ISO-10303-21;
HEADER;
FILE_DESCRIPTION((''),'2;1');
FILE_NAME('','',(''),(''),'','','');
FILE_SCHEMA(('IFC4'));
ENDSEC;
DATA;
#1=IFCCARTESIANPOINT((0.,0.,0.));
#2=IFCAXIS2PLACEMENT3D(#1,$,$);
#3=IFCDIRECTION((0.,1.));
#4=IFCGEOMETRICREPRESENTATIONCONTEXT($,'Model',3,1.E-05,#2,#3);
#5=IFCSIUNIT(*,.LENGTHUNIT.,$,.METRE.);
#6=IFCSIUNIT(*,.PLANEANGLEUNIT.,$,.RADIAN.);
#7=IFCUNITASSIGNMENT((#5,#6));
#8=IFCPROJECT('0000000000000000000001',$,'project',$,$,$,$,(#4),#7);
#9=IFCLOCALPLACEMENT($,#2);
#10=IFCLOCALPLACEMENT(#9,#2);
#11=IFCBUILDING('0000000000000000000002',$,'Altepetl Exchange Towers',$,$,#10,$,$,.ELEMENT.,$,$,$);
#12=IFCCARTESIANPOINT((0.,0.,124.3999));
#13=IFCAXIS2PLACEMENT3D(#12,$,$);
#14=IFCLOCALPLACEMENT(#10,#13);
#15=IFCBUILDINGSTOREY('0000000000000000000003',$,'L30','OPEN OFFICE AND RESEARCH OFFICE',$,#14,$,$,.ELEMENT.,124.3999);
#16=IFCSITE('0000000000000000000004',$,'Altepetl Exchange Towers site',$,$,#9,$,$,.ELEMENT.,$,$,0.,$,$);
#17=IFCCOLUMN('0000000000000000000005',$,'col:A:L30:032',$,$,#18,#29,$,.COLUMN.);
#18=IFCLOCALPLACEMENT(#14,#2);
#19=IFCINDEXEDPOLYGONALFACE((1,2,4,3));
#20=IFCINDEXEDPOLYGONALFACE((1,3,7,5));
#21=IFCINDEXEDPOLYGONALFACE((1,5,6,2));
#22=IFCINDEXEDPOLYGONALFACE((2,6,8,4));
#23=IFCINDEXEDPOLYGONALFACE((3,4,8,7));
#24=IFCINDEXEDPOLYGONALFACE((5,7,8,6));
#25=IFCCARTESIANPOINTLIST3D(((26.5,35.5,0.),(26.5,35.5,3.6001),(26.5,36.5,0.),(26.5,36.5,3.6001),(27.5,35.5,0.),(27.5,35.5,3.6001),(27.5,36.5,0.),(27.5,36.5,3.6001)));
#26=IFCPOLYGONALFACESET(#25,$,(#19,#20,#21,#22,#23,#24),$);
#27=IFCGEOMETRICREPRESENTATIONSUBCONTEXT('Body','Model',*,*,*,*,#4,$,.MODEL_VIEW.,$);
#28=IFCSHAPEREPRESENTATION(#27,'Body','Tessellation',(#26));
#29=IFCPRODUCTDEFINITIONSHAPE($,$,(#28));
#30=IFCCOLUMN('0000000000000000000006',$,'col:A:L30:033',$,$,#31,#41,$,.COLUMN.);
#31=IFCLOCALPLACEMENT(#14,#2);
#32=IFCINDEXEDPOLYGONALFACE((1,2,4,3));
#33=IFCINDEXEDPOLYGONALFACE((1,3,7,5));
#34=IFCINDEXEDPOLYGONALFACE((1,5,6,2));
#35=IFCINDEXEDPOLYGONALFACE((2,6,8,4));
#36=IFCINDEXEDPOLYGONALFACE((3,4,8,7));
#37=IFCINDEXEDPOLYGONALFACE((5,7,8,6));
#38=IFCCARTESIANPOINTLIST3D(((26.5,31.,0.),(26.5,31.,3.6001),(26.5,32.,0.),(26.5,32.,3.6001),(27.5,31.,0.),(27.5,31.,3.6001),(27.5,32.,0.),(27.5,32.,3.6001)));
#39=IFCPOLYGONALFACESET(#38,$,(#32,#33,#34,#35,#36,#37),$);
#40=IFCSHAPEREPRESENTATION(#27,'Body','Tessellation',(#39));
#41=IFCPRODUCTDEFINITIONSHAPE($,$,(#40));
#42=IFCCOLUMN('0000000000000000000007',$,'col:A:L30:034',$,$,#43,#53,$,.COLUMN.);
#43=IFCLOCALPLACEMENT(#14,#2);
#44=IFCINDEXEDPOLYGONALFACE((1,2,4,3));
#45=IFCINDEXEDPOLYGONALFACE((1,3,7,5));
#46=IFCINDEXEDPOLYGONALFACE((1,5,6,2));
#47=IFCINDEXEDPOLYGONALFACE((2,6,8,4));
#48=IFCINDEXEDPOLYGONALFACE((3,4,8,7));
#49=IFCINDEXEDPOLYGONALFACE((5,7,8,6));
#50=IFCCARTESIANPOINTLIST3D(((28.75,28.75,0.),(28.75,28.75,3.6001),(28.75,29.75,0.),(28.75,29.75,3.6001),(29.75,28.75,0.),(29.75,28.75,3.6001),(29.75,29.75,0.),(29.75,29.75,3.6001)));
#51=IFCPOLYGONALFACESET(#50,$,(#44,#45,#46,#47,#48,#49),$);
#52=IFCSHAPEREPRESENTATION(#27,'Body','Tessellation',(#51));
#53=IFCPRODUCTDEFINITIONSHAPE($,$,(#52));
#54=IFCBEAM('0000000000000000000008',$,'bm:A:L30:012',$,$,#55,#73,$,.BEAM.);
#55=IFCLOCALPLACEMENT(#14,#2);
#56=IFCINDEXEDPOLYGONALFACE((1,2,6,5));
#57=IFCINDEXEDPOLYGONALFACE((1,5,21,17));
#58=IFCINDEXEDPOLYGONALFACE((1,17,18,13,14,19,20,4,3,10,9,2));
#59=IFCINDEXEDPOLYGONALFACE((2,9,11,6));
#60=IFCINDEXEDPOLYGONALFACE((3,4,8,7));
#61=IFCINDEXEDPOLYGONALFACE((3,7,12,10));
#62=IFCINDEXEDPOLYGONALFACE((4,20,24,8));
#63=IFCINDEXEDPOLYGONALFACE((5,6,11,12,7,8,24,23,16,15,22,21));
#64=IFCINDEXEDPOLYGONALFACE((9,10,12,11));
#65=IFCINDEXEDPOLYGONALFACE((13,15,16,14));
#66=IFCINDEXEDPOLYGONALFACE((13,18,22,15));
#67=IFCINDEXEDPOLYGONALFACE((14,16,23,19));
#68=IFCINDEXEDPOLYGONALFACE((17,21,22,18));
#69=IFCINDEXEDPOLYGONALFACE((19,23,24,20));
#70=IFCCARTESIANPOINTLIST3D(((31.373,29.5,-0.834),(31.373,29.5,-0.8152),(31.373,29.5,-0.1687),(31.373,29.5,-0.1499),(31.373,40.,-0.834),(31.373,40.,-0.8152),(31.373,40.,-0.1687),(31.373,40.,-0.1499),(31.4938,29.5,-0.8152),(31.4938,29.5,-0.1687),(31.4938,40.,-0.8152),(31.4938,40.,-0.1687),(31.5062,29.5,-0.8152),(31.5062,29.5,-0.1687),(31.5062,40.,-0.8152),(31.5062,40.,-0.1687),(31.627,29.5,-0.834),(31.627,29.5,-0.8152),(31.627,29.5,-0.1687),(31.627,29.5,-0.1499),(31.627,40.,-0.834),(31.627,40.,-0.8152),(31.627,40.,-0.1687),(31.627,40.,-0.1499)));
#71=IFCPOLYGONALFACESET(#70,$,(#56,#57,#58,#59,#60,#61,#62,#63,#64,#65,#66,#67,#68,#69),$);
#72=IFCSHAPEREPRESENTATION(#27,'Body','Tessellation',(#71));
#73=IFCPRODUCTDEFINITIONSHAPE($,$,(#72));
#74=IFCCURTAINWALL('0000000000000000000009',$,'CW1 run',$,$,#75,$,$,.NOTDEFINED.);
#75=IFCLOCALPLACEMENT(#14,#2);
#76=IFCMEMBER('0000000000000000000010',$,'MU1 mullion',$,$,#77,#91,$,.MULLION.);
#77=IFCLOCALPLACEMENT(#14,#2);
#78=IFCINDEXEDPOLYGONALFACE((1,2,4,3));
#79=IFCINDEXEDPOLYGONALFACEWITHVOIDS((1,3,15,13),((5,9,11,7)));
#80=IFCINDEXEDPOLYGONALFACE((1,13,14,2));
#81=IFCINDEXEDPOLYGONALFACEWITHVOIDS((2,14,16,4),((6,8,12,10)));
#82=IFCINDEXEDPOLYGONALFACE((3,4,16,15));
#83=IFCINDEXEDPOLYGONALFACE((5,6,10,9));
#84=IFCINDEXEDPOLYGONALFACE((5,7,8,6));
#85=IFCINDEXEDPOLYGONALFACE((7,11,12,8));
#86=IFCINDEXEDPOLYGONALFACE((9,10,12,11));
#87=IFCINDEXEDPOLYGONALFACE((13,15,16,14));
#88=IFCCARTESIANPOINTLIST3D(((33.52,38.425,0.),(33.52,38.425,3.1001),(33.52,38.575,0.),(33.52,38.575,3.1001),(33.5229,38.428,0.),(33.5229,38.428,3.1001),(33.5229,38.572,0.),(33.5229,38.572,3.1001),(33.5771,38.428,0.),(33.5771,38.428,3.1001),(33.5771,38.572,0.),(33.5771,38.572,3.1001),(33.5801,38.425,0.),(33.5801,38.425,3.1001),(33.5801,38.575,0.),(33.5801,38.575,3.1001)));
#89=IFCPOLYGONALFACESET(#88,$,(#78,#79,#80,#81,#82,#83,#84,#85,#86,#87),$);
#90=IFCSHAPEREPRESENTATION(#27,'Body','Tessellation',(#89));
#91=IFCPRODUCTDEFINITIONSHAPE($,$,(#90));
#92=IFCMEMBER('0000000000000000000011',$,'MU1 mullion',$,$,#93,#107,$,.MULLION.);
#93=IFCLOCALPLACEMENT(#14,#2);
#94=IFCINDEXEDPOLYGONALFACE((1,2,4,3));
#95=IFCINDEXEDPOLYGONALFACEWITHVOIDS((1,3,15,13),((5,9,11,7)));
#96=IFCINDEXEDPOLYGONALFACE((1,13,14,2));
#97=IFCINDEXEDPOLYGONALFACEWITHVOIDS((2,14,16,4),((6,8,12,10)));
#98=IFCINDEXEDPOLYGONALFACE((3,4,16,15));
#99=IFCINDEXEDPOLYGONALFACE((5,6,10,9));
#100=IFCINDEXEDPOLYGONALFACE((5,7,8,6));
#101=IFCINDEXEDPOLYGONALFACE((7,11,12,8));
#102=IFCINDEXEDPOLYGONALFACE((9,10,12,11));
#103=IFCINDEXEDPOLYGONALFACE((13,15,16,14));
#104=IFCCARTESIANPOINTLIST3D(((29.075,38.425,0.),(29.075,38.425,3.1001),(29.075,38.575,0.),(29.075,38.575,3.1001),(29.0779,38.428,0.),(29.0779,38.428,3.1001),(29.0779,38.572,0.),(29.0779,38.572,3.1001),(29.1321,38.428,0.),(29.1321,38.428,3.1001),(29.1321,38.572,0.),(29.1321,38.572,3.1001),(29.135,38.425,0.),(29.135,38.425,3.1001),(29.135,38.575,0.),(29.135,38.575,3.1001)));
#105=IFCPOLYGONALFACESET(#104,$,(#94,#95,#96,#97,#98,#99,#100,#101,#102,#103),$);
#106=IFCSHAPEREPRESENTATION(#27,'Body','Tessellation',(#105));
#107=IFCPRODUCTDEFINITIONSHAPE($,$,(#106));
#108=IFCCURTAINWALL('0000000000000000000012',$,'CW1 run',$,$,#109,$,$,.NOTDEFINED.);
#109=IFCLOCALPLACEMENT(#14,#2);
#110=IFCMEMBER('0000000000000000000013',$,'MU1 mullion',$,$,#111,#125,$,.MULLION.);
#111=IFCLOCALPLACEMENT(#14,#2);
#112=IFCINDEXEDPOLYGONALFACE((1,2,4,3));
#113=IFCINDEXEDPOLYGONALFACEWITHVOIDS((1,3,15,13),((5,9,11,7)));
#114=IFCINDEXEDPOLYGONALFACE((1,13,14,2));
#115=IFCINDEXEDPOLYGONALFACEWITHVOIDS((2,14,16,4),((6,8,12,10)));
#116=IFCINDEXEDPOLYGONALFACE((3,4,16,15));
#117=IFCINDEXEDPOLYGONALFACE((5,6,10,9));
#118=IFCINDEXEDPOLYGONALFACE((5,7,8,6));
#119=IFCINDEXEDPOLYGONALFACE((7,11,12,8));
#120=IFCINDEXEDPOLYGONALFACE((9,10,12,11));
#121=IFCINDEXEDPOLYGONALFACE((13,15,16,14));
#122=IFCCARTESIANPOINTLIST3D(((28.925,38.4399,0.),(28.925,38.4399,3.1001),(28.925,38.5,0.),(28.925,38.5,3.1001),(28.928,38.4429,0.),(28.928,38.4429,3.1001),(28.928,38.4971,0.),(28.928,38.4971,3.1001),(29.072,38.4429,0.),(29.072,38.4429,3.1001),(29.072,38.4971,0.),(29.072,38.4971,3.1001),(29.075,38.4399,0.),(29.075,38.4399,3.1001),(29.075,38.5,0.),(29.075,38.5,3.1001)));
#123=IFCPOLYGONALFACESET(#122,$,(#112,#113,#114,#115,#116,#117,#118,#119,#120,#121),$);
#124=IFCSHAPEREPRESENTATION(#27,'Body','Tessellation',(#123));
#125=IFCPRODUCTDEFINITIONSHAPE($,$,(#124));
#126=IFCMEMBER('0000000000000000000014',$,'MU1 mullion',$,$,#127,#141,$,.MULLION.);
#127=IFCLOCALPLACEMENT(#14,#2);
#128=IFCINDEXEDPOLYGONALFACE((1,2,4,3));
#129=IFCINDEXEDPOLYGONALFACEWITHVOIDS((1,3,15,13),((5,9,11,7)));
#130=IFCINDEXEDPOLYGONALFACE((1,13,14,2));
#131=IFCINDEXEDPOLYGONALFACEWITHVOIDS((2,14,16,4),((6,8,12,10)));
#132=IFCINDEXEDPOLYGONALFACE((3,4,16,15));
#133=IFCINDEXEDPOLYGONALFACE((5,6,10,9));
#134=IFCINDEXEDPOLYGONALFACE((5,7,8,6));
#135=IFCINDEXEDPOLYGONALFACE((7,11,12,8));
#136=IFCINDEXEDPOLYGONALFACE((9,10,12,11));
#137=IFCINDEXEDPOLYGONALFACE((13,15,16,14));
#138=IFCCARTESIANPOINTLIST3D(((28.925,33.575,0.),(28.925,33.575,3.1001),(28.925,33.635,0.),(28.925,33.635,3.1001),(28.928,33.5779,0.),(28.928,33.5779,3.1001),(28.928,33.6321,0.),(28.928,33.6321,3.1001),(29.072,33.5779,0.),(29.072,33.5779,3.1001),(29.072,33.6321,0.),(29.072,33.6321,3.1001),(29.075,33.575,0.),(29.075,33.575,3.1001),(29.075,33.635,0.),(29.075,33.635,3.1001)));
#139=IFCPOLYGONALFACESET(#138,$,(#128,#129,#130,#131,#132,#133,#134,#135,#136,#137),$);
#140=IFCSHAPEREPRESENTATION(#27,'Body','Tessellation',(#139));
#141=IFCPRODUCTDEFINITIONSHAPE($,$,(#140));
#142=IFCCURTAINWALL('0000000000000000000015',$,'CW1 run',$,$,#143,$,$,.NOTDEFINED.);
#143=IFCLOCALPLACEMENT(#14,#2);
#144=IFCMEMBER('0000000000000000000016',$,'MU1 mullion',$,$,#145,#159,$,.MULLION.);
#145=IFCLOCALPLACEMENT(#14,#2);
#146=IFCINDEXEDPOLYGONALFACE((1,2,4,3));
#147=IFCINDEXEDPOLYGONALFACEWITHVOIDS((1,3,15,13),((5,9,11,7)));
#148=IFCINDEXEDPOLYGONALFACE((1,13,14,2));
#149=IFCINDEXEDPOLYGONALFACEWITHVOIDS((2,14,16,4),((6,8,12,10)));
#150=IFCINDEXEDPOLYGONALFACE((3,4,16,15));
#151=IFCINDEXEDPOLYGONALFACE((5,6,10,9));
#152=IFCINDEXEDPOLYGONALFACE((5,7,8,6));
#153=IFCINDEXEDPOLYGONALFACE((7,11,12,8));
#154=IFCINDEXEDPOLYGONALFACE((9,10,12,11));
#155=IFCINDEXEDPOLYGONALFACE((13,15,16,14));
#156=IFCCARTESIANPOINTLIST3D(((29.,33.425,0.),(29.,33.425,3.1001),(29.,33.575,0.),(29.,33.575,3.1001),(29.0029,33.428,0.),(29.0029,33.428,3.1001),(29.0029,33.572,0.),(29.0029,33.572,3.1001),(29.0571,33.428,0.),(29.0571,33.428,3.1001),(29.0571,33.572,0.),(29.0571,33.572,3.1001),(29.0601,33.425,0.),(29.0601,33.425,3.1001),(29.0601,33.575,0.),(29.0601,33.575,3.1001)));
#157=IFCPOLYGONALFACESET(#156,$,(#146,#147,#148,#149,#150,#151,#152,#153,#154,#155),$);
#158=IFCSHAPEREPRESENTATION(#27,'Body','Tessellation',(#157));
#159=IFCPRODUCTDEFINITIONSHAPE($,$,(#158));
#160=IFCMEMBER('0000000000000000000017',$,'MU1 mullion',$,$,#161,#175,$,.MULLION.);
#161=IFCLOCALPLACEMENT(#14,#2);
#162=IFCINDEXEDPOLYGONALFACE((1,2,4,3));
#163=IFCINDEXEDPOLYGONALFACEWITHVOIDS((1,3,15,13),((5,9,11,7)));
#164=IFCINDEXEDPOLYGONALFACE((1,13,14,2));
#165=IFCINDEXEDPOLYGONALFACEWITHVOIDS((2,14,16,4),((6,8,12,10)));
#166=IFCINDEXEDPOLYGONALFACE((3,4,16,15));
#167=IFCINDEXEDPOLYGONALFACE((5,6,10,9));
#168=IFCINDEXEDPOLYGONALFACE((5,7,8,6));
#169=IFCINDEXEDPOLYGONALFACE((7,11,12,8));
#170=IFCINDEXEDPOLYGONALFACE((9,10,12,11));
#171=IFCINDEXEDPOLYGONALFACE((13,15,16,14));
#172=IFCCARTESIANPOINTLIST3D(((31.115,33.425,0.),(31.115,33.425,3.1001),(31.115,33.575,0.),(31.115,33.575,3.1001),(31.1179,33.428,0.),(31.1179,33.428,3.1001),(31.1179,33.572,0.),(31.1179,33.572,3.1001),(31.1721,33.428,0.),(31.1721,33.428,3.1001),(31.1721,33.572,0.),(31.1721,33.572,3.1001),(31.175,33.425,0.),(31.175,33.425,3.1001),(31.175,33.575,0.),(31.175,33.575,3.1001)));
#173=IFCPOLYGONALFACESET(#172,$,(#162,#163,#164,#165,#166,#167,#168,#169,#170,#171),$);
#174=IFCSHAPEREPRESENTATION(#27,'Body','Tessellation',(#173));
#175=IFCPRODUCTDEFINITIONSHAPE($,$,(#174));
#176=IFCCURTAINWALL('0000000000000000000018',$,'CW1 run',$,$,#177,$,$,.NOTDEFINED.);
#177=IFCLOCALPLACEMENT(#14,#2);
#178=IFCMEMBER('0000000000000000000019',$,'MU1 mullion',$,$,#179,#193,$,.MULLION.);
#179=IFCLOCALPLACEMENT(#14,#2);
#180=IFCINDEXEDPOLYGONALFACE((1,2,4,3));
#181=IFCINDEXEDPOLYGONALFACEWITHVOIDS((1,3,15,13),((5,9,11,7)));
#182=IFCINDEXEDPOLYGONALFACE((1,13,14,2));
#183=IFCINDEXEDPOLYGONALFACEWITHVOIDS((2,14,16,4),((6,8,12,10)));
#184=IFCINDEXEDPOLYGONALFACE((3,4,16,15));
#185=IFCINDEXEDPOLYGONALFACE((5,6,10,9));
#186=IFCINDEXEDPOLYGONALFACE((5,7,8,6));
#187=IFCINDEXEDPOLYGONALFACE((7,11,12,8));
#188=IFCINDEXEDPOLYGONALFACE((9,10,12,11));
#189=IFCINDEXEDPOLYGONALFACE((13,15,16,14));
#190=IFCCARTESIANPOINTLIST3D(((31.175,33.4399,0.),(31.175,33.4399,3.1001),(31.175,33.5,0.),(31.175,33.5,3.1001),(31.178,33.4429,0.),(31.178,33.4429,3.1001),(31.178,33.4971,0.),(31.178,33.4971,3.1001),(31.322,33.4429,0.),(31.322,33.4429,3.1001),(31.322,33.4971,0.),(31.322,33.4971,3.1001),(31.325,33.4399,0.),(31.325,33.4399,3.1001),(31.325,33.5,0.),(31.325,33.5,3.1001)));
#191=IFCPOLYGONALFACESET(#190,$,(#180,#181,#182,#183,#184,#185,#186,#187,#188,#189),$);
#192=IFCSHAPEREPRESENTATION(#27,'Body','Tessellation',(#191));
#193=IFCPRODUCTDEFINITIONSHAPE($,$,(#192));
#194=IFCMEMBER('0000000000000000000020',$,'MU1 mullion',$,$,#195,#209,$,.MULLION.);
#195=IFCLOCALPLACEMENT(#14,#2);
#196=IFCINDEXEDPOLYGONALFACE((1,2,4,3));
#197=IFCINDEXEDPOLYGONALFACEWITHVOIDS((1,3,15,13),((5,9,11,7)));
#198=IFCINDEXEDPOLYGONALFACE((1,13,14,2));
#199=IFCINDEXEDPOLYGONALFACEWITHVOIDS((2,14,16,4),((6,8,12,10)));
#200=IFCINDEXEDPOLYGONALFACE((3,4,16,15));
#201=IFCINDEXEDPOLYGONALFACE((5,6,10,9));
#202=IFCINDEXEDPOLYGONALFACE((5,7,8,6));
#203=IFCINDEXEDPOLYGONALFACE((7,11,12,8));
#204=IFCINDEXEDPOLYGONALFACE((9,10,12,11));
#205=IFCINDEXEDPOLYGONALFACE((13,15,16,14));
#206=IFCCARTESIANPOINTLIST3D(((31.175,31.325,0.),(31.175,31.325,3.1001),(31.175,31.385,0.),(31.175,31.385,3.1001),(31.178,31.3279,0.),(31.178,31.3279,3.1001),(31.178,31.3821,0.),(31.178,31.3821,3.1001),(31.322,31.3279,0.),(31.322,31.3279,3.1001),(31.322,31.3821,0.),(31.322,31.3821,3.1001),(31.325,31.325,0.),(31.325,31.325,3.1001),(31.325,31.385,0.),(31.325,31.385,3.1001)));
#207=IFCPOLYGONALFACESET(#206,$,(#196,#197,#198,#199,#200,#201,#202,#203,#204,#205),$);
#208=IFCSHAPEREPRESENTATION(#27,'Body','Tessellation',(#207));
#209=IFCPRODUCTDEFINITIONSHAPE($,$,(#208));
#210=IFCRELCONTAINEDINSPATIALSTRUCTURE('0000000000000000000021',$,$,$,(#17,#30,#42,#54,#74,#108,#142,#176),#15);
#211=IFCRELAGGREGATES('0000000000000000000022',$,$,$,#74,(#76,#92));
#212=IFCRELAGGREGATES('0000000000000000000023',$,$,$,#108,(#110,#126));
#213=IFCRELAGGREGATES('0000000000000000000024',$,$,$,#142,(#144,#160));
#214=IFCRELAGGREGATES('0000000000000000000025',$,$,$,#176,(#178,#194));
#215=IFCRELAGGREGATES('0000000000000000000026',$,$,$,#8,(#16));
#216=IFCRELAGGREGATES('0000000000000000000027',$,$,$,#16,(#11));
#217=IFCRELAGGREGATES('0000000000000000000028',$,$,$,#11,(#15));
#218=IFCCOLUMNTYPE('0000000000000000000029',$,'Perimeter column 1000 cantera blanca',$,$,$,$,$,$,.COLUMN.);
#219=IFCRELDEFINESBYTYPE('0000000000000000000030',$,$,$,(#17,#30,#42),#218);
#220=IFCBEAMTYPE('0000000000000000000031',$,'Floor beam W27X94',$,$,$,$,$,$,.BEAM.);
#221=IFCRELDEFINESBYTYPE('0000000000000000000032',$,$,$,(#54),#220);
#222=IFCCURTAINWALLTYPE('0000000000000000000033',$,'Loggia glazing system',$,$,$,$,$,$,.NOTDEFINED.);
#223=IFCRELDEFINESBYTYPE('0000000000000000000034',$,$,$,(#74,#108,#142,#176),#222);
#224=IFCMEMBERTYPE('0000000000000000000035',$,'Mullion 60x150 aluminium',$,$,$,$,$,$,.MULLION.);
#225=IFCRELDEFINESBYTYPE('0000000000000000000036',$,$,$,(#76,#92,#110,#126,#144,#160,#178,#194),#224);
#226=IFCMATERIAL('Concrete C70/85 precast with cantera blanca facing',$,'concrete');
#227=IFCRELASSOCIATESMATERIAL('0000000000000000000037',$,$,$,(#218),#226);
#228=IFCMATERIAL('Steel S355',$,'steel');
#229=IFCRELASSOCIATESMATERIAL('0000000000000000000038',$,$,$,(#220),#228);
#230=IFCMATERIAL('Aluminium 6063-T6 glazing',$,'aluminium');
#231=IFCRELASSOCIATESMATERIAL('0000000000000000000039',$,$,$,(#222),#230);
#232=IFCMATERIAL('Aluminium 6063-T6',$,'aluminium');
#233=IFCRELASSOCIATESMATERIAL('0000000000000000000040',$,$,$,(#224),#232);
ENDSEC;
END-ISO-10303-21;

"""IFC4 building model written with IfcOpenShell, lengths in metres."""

from ifc_helpers import new_model, si_unit, direction, frame, origin, origin_2d, place, context, subcontext, project, spatial, rectangle, hollow_rectangle, i_section, extrude, material, material_profile, profile_set, type_object, element, aggregate, save


model = new_model("IFC4")

# Units and contexts
model_context = context("Model", 3, precision=1e-05, world=origin(), true_north=direction((0.0, 1.0)))
body_context = subcontext(model_context, "Body", "Model", "MODEL_VIEW")
ifc_project = project(units=[si_unit("LENGTHUNIT", "METRE"), si_unit("PLANEANGLEUNIT", "RADIAN")], contexts=[model_context])

# Site, building, storey
site_placement = place(None, origin())
site = spatial("IfcSite", under=ifc_project, at=site_placement, Name="Altepetl Exchange Towers site", CompositionType="ELEMENT", RefElevation=0.0)
building_placement = place(site_placement, origin())
building = spatial("IfcBuilding", under=site, at=building_placement, Name="Altepetl Exchange Towers", CompositionType="ELEMENT")
storey_placement = place(building_placement, frame((0.0, 0.0, 124.3999)))
storey = spatial("IfcBuildingStorey", under=building, at=storey_placement, Name="L30", Description="OPEN OFFICE AND RESEARCH OFFICE", CompositionType="ELEMENT", Elevation=124.3999)

# Columns
ifc_material_1 = material(Name="Concrete C70/85 precast with cantera blanca facing", Category="concrete")
ifc_material_profile_1 = material_profile(ifc_material_1, rectangle(XDim=1.0, YDim=1.0, at=origin_2d()), Name="1000 x 1000")
ifc_profile_set_1 = profile_set([ifc_material_profile_1], Name="Concrete C70/85 precast with cantera blanca facing")
column_type = type_object("IfcColumnType", Name="Perimeter column 1000 cantera blanca", PredefinedType="COLUMN", material=ifc_profile_set_1)
for number, where, name in (
    (1, (27.0, 36.0, 0.0), "col:A:L30:032"),
    (2, (27.0, 31.5, 0.0), "col:A:L30:033"),
    (3, (29.25, 29.25, 0.0), "col:A:L30:034"),
):
    element("IfcColumn", number, at=place(storey_placement, frame(where)), inside=storey, type_object=column_type, Name=name, PredefinedType="COLUMN", context=body_context, shape_type="SweptSolid", body=[
        extrude(rectangle(XDim=1.0, YDim=1.0, at=origin_2d()), origin(), (0.0, 0.0, 1.0), 3.6001),
    ])

# Beam
ifc_material_2 = material(Name="Steel S355", Category="steel")
ifc_material_profile_2 = material_profile(ifc_material_2, i_section(OverallWidth=0.2539, OverallDepth=0.6841, WebThickness=0.0125, FlangeThickness=0.0188, at=origin_2d()), Name="W27X94")
ifc_profile_set_2 = profile_set([ifc_material_profile_2], Name="Steel S355")
beam_type_1 = type_object("IfcBeamType", Name="Floor beam W27X94", PredefinedType="BEAM", material=ifc_profile_set_2)
beam_1_placement = place(storey_placement, frame((31.5, 29.5, -0.4919), z_axis=(0.0, 1.0, 0.0), x_axis=(-1.0, 0.0, 0.0)))
element("IfcBeam", 4, at=beam_1_placement, inside=storey, type_object=beam_type_1, Name="bm:A:L30:012", PredefinedType="BEAM", context=body_context, shape_type="SweptSolid", body=[
    extrude(i_section(OverallWidth=0.2539, OverallDepth=0.6841, WebThickness=0.0125, FlangeThickness=0.0188, at=origin_2d()), origin(), (0.0, 0.0, 1.0), 10.5),
])

# Curtain walls, members
ifc_material_3 = material(Name="Aluminium 6063-T6 glazing", Category="aluminium")
curtain_wall_type = type_object("IfcCurtainWallType", Name="Loggia glazing system", PredefinedType="NOTDEFINED", material=ifc_material_3)
curtain_wall_1_placement = place(storey_placement, origin())
curtain_wall_1 = element("IfcCurtainWall", 5, at=curtain_wall_1_placement, inside=storey, type_object=curtain_wall_type, Name="CW1 run", PredefinedType="NOTDEFINED")
ifc_material_4 = material(Name="Aluminium 6063-T6", Category="aluminium")
ifc_material_profile_3 = material_profile(ifc_material_4, hollow_rectangle(XDim=0.0601, YDim=0.1499, WallThickness=0.0029, at=origin_2d()), Name="Mullion 60x150 aluminium")
ifc_profile_set_3 = profile_set([ifc_material_profile_3], Name="Aluminium 6063-T6")
member_type = type_object("IfcMemberType", Name="Mullion 60x150 aluminium", PredefinedType="MULLION", material=ifc_profile_set_3)
member_1_placement = place(storey_placement, frame((33.55, 38.5, 0.0), z_axis=(0.0, 0.0, 1.0), x_axis=(-1.0, 0.0, 0.0)))
member_1 = element("IfcMember", 6, at=member_1_placement, type_object=member_type, Name="MU1 mullion", PredefinedType="MULLION", context=body_context, shape_type="SweptSolid", body=[
    extrude(hollow_rectangle(XDim=0.0601, YDim=0.1499, WallThickness=0.0029, at=origin_2d()), origin(), (0.0, 0.0, 1.0), 3.1001),
])
member_2_placement = place(storey_placement, frame((29.105, 38.5, 0.0), z_axis=(0.0, 0.0, 1.0), x_axis=(-1.0, 0.0, 0.0)))
member_2 = element("IfcMember", 7, at=member_2_placement, type_object=member_type, Name="MU1 mullion", PredefinedType="MULLION", context=body_context, shape_type="SweptSolid", body=[
    extrude(hollow_rectangle(XDim=0.0601, YDim=0.1499, WallThickness=0.0029, at=origin_2d()), origin(), (0.0, 0.0, 1.0), 3.1001),
])
curtain_wall_2_placement = place(storey_placement, origin())
curtain_wall_2 = element("IfcCurtainWall", 8, at=curtain_wall_2_placement, inside=storey, type_object=curtain_wall_type, Name="CW1 run", PredefinedType="NOTDEFINED")
member_3_placement = place(storey_placement, frame((29.0, 38.47, 0.0), z_axis=(0.0, 0.0, 1.0), x_axis=(0.0, -1.0, 0.0)))
member_3 = element("IfcMember", 9, at=member_3_placement, type_object=member_type, Name="MU1 mullion", PredefinedType="MULLION", context=body_context, shape_type="SweptSolid", body=[
    extrude(hollow_rectangle(XDim=0.0601, YDim=0.1499, WallThickness=0.0029, at=origin_2d()), origin(), (0.0, 0.0, 1.0), 3.1001),
])
member_4_placement = place(storey_placement, frame((29.0, 33.605, 0.0), z_axis=(0.0, 0.0, 1.0), x_axis=(0.0, -1.0, 0.0)))
member_4 = element("IfcMember", 10, at=member_4_placement, type_object=member_type, Name="MU1 mullion", PredefinedType="MULLION", context=body_context, shape_type="SweptSolid", body=[
    extrude(hollow_rectangle(XDim=0.0601, YDim=0.1499, WallThickness=0.0029, at=origin_2d()), origin(), (0.0, 0.0, 1.0), 3.1001),
])
curtain_wall_3_placement = place(storey_placement, origin())
curtain_wall_3 = element("IfcCurtainWall", 11, at=curtain_wall_3_placement, inside=storey, type_object=curtain_wall_type, Name="CW1 run", PredefinedType="NOTDEFINED")
member_5_placement = place(storey_placement, frame((29.03, 33.5, 0.0)))
member_5 = element("IfcMember", 12, at=member_5_placement, type_object=member_type, Name="MU1 mullion", PredefinedType="MULLION", context=body_context, shape_type="SweptSolid", body=[
    extrude(hollow_rectangle(XDim=0.0601, YDim=0.1499, WallThickness=0.0029, at=origin_2d()), origin(), (0.0, 0.0, 1.0), 3.1001),
])
member_6_placement = place(storey_placement, frame((31.145, 33.5, 0.0)))
member_6 = element("IfcMember", 13, at=member_6_placement, type_object=member_type, Name="MU1 mullion", PredefinedType="MULLION", context=body_context, shape_type="SweptSolid", body=[
    extrude(hollow_rectangle(XDim=0.0601, YDim=0.1499, WallThickness=0.0029, at=origin_2d()), origin(), (0.0, 0.0, 1.0), 3.1001),
])
curtain_wall_4_placement = place(storey_placement, origin())
curtain_wall_4 = element("IfcCurtainWall", 14, at=curtain_wall_4_placement, inside=storey, type_object=curtain_wall_type, Name="CW1 run", PredefinedType="NOTDEFINED")
member_7_placement = place(storey_placement, frame((31.25, 33.47, 0.0), z_axis=(0.0, 0.0, 1.0), x_axis=(0.0, -1.0, 0.0)))
member_7 = element("IfcMember", 15, at=member_7_placement, type_object=member_type, Name="MU1 mullion", PredefinedType="MULLION", context=body_context, shape_type="SweptSolid", body=[
    extrude(hollow_rectangle(XDim=0.0601, YDim=0.1499, WallThickness=0.0029, at=origin_2d()), origin(), (0.0, 0.0, 1.0), 3.1001),
])
member_8_placement = place(storey_placement, frame((31.25, 31.355, 0.0), z_axis=(0.0, 0.0, 1.0), x_axis=(0.0, -1.0, 0.0)))
member_8 = element("IfcMember", 16, at=member_8_placement, type_object=member_type, Name="MU1 mullion", PredefinedType="MULLION", context=body_context, shape_type="SweptSolid", body=[
    extrude(hollow_rectangle(XDim=0.0601, YDim=0.1499, WallThickness=0.0029, at=origin_2d()), origin(), (0.0, 0.0, 1.0), 3.1001),
])

aggregate(curtain_wall_1, [member_1, member_2])
aggregate(curtain_wall_2, [member_3, member_4])
aggregate(curtain_wall_3, [member_5, member_6])
aggregate(curtain_wall_4, [member_7, member_8])

save(model, "model.ifc")
